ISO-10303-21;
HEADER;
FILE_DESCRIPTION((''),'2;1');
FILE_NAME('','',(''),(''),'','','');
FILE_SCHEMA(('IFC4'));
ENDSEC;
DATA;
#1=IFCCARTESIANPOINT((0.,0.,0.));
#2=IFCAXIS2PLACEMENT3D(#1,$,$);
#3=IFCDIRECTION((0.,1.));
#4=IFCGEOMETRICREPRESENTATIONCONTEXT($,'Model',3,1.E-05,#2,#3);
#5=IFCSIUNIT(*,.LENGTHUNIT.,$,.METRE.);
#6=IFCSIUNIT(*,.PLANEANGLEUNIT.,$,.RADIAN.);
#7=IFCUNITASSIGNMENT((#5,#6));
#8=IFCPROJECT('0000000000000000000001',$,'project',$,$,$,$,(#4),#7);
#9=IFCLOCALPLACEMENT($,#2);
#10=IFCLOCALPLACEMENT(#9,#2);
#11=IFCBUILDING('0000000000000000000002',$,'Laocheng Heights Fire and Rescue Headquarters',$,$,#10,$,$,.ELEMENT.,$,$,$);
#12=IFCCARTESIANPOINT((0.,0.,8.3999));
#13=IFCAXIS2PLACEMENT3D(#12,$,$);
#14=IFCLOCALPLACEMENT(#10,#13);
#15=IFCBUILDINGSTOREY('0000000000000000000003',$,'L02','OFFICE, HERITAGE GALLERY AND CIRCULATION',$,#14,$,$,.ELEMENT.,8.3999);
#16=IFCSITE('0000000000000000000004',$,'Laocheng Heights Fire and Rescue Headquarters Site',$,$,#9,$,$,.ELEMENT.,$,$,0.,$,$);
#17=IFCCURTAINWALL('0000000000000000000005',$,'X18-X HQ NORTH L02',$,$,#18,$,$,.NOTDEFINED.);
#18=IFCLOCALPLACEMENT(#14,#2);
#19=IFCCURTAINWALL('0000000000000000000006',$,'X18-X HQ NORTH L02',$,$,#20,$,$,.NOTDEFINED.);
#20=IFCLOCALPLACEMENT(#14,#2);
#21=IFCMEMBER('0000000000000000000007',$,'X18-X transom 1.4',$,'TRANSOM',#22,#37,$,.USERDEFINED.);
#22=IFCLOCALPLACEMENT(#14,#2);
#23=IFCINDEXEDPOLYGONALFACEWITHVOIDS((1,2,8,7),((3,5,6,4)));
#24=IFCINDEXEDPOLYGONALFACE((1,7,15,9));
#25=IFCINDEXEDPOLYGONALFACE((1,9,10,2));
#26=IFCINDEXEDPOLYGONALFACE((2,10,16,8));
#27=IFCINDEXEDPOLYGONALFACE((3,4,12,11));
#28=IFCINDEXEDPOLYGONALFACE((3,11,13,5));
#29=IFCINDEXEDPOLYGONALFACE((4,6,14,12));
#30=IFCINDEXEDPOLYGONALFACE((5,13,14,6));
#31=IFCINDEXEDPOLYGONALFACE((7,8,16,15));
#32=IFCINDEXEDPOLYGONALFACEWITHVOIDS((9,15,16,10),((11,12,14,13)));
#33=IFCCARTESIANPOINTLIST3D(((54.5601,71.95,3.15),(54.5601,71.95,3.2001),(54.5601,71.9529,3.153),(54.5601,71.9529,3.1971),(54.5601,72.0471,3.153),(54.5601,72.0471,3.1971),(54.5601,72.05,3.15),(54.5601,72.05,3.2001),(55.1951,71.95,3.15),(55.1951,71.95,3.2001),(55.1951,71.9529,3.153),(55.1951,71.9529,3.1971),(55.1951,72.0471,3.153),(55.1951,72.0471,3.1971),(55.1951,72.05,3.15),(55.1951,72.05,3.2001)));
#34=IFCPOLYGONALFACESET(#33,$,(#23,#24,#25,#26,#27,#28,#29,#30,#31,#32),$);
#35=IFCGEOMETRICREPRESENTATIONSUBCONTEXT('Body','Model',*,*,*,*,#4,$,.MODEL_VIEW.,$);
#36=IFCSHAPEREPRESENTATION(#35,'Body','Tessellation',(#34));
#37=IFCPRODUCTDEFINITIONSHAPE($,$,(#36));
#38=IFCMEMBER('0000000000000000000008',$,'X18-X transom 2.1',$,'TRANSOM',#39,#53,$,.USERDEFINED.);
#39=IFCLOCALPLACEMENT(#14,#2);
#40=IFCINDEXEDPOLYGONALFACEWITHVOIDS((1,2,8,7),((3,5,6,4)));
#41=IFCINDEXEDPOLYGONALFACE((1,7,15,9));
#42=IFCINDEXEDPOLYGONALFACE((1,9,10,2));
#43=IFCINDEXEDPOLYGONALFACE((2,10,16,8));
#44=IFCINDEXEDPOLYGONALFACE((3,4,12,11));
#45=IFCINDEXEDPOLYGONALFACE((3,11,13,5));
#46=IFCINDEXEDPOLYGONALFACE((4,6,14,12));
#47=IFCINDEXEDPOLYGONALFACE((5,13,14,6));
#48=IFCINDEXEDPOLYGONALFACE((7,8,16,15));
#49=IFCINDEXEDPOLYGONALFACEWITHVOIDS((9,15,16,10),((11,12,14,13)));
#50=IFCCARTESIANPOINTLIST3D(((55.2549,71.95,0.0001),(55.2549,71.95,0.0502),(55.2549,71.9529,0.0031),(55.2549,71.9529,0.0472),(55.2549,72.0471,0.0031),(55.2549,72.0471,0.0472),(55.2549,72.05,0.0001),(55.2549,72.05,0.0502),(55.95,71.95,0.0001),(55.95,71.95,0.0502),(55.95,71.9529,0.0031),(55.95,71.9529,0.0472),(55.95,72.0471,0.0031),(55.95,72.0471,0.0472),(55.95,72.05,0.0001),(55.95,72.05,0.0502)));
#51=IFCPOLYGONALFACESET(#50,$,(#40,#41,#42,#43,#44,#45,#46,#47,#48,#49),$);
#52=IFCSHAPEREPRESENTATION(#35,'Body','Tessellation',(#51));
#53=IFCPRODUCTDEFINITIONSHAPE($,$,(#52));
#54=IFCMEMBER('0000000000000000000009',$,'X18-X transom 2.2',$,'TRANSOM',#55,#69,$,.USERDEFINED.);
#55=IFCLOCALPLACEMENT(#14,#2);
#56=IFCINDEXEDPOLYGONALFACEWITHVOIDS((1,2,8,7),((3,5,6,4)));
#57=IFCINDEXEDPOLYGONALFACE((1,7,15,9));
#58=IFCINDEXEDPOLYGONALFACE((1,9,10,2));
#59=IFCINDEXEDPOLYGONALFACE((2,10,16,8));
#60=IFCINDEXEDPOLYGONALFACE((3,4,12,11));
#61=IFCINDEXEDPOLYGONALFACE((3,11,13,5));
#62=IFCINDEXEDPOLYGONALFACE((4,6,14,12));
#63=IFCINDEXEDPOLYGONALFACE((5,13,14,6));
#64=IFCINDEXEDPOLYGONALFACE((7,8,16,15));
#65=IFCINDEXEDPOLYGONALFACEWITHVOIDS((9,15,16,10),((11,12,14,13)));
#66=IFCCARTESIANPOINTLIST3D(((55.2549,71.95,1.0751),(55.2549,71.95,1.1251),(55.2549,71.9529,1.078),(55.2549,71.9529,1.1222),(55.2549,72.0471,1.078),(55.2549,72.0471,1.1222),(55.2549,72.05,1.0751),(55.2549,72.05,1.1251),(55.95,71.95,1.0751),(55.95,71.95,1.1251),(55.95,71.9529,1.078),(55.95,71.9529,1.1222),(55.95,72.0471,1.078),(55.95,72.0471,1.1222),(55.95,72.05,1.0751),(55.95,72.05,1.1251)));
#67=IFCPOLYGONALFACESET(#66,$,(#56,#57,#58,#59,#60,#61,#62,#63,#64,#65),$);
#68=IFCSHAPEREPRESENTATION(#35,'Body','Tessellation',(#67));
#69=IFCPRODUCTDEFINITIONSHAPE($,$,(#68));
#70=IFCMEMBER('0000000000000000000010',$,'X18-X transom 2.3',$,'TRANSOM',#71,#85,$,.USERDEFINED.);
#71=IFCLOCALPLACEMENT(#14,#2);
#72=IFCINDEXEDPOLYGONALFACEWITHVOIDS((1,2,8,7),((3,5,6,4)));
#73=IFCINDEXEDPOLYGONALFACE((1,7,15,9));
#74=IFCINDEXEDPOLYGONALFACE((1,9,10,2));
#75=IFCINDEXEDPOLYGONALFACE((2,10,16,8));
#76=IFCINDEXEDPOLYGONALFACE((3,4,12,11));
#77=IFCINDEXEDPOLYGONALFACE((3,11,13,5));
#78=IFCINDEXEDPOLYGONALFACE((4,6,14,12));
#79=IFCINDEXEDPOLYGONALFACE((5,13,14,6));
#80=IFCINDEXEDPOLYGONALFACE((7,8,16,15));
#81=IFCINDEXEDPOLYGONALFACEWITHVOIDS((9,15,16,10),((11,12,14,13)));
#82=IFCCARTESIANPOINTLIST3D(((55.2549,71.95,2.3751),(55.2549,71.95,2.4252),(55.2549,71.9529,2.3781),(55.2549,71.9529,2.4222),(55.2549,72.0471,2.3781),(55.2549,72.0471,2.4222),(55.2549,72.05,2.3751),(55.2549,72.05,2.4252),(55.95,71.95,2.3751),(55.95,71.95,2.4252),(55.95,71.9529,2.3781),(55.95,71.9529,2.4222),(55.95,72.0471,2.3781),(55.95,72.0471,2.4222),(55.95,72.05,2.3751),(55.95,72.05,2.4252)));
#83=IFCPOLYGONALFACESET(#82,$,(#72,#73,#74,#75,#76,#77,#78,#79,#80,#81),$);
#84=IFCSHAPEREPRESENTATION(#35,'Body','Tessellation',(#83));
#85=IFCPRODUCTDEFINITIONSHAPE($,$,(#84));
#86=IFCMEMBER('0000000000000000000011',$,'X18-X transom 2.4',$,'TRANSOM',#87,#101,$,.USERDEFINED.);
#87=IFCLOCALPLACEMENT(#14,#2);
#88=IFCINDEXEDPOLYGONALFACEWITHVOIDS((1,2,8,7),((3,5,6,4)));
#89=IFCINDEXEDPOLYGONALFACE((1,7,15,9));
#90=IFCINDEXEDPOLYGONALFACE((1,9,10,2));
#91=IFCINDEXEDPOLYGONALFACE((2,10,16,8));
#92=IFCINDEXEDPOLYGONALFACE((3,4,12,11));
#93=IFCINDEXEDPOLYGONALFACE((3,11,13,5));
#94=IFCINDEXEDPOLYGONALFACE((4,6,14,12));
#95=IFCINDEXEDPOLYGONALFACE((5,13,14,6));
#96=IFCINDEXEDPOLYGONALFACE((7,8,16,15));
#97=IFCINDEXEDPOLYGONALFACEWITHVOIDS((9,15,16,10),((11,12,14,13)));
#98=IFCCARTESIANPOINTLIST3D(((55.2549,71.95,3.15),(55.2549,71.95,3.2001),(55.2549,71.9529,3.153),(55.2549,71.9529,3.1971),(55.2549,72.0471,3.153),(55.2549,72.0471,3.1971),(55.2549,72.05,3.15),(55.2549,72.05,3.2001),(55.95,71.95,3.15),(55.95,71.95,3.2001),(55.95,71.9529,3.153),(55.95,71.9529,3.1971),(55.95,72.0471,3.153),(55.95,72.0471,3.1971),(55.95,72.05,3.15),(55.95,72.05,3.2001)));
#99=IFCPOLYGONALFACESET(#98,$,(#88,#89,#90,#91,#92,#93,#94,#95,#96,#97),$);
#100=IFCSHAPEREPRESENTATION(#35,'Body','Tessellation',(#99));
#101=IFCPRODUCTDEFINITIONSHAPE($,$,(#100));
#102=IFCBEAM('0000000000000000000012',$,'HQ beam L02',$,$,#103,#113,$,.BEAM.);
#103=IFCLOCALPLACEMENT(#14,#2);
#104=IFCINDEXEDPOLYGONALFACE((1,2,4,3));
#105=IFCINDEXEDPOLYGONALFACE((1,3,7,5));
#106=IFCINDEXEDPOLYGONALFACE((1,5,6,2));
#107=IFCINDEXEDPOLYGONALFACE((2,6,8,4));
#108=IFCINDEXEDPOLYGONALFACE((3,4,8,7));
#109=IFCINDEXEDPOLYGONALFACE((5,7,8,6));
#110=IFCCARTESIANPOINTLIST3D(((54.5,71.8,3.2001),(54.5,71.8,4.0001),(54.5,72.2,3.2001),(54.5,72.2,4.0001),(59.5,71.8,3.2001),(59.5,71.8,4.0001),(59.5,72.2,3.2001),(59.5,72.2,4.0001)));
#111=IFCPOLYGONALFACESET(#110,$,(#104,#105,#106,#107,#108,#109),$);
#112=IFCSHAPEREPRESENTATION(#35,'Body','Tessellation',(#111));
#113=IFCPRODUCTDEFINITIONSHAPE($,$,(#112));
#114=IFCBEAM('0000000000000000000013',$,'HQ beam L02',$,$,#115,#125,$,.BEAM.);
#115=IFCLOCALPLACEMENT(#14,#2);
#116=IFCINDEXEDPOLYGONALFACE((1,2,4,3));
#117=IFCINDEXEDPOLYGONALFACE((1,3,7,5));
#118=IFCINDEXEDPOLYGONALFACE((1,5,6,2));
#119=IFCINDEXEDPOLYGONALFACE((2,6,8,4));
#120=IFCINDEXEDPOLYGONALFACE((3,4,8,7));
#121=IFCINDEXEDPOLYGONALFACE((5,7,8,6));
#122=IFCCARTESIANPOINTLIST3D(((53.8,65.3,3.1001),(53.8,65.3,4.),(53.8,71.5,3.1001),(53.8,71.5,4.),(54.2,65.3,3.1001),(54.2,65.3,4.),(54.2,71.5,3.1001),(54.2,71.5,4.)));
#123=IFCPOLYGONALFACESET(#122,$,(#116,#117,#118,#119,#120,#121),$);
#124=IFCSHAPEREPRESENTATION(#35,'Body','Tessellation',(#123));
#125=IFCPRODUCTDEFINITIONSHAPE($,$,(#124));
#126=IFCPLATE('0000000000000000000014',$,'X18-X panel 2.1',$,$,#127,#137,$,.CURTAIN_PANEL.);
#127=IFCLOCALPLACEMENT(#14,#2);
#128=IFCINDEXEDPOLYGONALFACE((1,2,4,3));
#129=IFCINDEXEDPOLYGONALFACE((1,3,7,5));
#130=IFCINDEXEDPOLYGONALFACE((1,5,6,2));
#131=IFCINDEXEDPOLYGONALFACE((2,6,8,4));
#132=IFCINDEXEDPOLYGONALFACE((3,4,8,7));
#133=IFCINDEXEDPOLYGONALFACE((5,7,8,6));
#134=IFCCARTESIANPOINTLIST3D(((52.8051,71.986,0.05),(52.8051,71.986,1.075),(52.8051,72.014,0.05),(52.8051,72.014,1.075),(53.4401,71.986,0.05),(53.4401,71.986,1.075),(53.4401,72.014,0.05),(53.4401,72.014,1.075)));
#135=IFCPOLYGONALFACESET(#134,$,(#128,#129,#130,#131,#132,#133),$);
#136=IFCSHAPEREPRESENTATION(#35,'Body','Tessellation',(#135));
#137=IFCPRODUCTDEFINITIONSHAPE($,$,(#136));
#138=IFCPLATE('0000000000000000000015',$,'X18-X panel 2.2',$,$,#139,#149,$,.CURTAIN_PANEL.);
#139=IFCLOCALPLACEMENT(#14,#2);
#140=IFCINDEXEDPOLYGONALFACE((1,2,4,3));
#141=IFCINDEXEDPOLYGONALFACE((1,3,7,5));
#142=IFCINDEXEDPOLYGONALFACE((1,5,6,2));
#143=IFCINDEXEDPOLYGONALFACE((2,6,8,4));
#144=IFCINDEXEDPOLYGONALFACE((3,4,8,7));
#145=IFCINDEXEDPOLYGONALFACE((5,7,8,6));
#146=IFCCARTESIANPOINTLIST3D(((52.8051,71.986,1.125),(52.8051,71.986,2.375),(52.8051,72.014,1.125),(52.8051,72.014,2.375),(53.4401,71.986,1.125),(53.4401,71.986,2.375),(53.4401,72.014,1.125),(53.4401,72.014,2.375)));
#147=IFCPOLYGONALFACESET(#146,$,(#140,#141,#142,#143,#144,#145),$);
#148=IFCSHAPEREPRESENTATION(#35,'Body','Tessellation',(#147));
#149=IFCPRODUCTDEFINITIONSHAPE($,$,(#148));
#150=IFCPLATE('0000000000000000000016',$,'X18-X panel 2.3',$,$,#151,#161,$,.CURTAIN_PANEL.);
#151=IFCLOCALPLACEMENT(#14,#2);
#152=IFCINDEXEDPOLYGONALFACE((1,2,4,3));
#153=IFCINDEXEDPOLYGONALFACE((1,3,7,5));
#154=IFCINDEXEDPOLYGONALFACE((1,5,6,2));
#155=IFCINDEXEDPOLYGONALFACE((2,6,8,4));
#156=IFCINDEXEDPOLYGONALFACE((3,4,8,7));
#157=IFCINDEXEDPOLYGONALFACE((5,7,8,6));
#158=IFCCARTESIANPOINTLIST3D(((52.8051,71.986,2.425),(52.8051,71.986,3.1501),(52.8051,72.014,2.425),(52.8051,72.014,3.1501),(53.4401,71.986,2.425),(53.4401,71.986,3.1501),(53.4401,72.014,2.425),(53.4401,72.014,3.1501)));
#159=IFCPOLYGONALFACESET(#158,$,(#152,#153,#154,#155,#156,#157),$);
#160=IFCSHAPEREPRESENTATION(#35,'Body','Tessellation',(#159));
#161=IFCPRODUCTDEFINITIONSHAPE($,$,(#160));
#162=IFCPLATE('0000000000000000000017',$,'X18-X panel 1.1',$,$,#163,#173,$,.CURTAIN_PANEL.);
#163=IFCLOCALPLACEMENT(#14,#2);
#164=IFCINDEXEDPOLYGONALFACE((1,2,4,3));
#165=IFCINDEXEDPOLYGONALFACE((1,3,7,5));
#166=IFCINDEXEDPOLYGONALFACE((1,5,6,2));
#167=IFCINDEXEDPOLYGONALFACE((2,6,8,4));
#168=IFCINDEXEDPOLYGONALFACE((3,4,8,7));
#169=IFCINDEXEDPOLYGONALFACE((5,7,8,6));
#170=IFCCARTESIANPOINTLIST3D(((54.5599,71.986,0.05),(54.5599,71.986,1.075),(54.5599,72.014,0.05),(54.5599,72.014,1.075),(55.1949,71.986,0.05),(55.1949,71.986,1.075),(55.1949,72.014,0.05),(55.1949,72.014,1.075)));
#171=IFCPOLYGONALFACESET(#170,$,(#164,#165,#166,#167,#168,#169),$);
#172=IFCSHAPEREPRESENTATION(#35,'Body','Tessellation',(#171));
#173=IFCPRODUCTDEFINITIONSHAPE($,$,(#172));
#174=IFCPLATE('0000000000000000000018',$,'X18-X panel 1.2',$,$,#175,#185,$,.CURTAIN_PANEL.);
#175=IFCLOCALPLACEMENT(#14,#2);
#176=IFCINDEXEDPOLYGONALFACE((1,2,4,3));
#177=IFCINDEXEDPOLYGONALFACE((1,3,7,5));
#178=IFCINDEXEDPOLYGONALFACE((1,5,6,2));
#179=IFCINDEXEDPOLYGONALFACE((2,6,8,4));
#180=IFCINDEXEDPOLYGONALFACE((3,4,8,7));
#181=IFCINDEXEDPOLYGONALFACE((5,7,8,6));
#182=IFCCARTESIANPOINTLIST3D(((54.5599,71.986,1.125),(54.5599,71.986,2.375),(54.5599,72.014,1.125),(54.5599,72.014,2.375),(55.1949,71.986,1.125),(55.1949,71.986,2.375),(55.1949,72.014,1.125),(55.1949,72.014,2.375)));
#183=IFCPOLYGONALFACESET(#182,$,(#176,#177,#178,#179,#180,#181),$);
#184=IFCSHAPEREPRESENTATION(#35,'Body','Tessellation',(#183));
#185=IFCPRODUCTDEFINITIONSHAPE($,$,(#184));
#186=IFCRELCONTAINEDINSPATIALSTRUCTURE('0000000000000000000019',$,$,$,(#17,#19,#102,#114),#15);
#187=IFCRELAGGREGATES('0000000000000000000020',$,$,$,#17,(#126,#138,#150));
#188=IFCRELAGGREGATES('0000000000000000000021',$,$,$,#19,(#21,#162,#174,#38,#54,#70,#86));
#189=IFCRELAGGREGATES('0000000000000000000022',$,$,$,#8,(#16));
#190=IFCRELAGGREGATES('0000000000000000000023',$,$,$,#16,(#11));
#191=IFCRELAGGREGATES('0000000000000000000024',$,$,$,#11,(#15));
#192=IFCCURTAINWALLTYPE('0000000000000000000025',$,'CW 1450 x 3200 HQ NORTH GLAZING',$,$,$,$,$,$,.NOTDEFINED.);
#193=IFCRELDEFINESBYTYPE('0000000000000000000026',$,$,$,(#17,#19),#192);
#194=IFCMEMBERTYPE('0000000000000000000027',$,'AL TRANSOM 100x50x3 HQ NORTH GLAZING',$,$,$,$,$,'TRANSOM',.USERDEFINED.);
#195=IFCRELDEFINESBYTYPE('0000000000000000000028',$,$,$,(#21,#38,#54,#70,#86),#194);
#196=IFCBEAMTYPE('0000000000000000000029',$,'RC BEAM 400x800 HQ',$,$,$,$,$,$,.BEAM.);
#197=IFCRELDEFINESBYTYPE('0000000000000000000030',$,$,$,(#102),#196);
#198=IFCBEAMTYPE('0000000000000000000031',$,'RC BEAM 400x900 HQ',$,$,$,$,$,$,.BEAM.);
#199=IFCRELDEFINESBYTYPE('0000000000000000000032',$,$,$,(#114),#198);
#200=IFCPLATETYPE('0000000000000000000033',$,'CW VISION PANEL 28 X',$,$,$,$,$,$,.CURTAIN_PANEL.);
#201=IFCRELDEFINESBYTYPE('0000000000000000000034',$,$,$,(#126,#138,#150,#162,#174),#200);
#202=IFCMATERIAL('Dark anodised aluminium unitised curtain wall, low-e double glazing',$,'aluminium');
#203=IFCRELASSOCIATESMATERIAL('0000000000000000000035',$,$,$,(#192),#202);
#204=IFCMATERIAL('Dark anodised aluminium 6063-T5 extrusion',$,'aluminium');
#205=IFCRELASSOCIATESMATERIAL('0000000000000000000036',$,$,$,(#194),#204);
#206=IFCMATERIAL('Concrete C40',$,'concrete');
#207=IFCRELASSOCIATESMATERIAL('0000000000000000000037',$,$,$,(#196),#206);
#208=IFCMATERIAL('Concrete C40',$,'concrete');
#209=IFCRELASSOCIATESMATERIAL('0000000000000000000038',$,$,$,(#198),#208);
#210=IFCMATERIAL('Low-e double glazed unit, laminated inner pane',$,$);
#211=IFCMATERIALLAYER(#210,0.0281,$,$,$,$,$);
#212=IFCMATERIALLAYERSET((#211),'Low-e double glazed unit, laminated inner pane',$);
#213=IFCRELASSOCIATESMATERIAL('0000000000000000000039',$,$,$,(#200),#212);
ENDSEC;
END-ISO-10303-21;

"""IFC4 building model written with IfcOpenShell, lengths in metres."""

from ifc_helpers import new_model, si_unit, direction, frame, origin, origin_2d, place, context, subcontext, project, spatial, rectangle, hollow_rectangle, extrude, material, layer, layer_set, material_profile, profile_set, type_object, element, aggregate, save


model = new_model("IFC4")

# Units and contexts
model_context = context("Model", 3, precision=1e-05, world=origin(), true_north=direction((0.0, 1.0)))
body_context = subcontext(model_context, "Body", "Model", "MODEL_VIEW")
ifc_project = project(units=[si_unit("LENGTHUNIT", "METRE"), si_unit("PLANEANGLEUNIT", "RADIAN")], contexts=[model_context])

# Site, building, storey
site_placement = place(None, origin())
site = spatial("IfcSite", under=ifc_project, at=site_placement, Name="Laocheng Heights Fire and Rescue Headquarters Site", CompositionType="ELEMENT", RefElevation=0.0)
building_placement = place(site_placement, origin())
building = spatial("IfcBuilding", under=site, at=building_placement, Name="Laocheng Heights Fire and Rescue Headquarters", CompositionType="ELEMENT")
storey_placement = place(building_placement, frame((0.0, 0.0, 8.3999)))
storey = spatial("IfcBuildingStorey", under=building, at=storey_placement, Name="L02", Description="OFFICE, HERITAGE GALLERY AND CIRCULATION", CompositionType="ELEMENT", Elevation=8.3999)

# Curtain wall
ifc_material_1 = material(Name="Dark anodised aluminium unitised curtain wall, low-e double glazing", Category="aluminium")
curtain_wall_type = type_object("IfcCurtainWallType", Name="CW 1450 x 3200 HQ NORTH GLAZING", PredefinedType="NOTDEFINED", material=ifc_material_1)
curtain_wall_1_placement = place(storey_placement, origin())
curtain_wall_1 = element("IfcCurtainWall", 1, at=curtain_wall_1_placement, inside=storey, type_object=curtain_wall_type, Name="X18-X HQ NORTH L02", PredefinedType="NOTDEFINED")

# Curtain wall
curtain_wall_2_placement = place(storey_placement, origin())
curtain_wall_2 = element("IfcCurtainWall", 2, at=curtain_wall_2_placement, inside=storey, type_object=curtain_wall_type, Name="X18-X HQ NORTH L02", PredefinedType="NOTDEFINED")

# Members
ifc_material_2 = material(Name="Dark anodised aluminium 6063-T5 extrusion", Category="aluminium")
ifc_material_profile_1 = material_profile(ifc_material_2, hollow_rectangle(XDim=0.1001, YDim=0.05, WallThickness=0.0029, at=origin_2d()), Name="AL TRANSOM 100x50x3 HQ NORTH GLAZING")
ifc_profile_set_1 = profile_set([ifc_material_profile_1], Name="Dark anodised aluminium 6063-T5 extrusion")
member_type_1 = type_object("IfcMemberType", Name="AL TRANSOM 100x50x3 HQ NORTH GLAZING", ElementType="TRANSOM", PredefinedType="USERDEFINED", material=ifc_profile_set_1)
member_1_placement = place(storey_placement, frame((54.5601, 72.0, 3.175), z_axis=(1.0, 0.0, 0.0), x_axis=(0.0, 1.0, 0.0)))
member_1 = element("IfcMember", 3, at=member_1_placement, type_object=member_type_1, Name="X18-X transom 1.4", ObjectType="TRANSOM", PredefinedType="USERDEFINED", context=body_context, shape_type="SweptSolid", body=[
    extrude(hollow_rectangle(XDim=0.1001, YDim=0.05, WallThickness=0.0029, at=origin_2d()), origin(), (0.0, 0.0, 1.0), 0.635),
])
member_2_placement = place(storey_placement, frame((55.2549, 72.0, 0.0251), z_axis=(1.0, 0.0, 0.0), x_axis=(0.0, 1.0, 0.0)))
member_2 = element("IfcMember", 4, at=member_2_placement, type_object=member_type_1, Name="X18-X transom 2.1", ObjectType="TRANSOM", PredefinedType="USERDEFINED", context=body_context, shape_type="SweptSolid", body=[
    extrude(hollow_rectangle(XDim=0.1001, YDim=0.05, WallThickness=0.0029, at=origin_2d()), origin(), (0.0, 0.0, 1.0), 0.6951),
])
member_3_placement = place(storey_placement, frame((55.2549, 72.0, 1.1001), z_axis=(1.0, 0.0, 0.0), x_axis=(0.0, 1.0, 0.0)))
member_3 = element("IfcMember", 5, at=member_3_placement, type_object=member_type_1, Name="X18-X transom 2.2", ObjectType="TRANSOM", PredefinedType="USERDEFINED", context=body_context, shape_type="SweptSolid", body=[
    extrude(hollow_rectangle(XDim=0.1001, YDim=0.05, WallThickness=0.0029, at=origin_2d()), origin(), (0.0, 0.0, 1.0), 0.6951),
])
member_4_placement = place(storey_placement, frame((55.2549, 72.0, 2.4001), z_axis=(1.0, 0.0, 0.0), x_axis=(0.0, 1.0, 0.0)))
member_4 = element("IfcMember", 6, at=member_4_placement, type_object=member_type_1, Name="X18-X transom 2.3", ObjectType="TRANSOM", PredefinedType="USERDEFINED", context=body_context, shape_type="SweptSolid", body=[
    extrude(hollow_rectangle(XDim=0.1001, YDim=0.05, WallThickness=0.0029, at=origin_2d()), origin(), (0.0, 0.0, 1.0), 0.6951),
])
member_5_placement = place(storey_placement, frame((55.2549, 72.0, 3.175), z_axis=(1.0, 0.0, 0.0), x_axis=(0.0, 1.0, 0.0)))
member_5 = element("IfcMember", 7, at=member_5_placement, type_object=member_type_1, Name="X18-X transom 2.4", ObjectType="TRANSOM", PredefinedType="USERDEFINED", context=body_context, shape_type="SweptSolid", body=[
    extrude(hollow_rectangle(XDim=0.1001, YDim=0.05, WallThickness=0.0029, at=origin_2d()), origin(), (0.0, 0.0, 1.0), 0.6951),
])

# Beams
ifc_material_3 = material(Name="Concrete C40", Category="concrete")
ifc_material_profile_2 = material_profile(ifc_material_3, rectangle(XDim=0.3999, YDim=0.8, at=origin_2d()), Name="RC BEAM 400x800 HQ")
ifc_profile_set_2 = profile_set([ifc_material_profile_2], Name="Concrete C40")
beam_type_1 = type_object("IfcBeamType", Name="RC BEAM 400x800 HQ", PredefinedType="BEAM", material=ifc_profile_set_2)
beam_1_placement = place(storey_placement, frame((54.5, 72.0, 3.6001), z_axis=(1.0, 0.0, 0.0), x_axis=(0.0, 1.0, 0.0)))
element("IfcBeam", 8, at=beam_1_placement, inside=storey, type_object=beam_type_1, Name="HQ beam L02", PredefinedType="BEAM", context=body_context, shape_type="SweptSolid", body=[
    extrude(rectangle(XDim=0.3999, YDim=0.8, at=origin_2d()), origin(), (0.0, 0.0, 1.0), 5.0),
])
ifc_material_4 = material(Name="Concrete C40", Category="concrete")
ifc_material_profile_3 = material_profile(ifc_material_4, rectangle(XDim=0.3999, YDim=0.8999, at=origin_2d()), Name="RC BEAM 400x900 HQ")
ifc_profile_set_3 = profile_set([ifc_material_profile_3], Name="Concrete C40")
beam_type_2 = type_object("IfcBeamType", Name="RC BEAM 400x900 HQ", PredefinedType="BEAM", material=ifc_profile_set_3)
beam_2_placement = place(storey_placement, frame((54.0, 65.3, 3.55), z_axis=(0.0, 1.0, 0.0), x_axis=(-1.0, 0.0, 0.0)))
element("IfcBeam", 9, at=beam_2_placement, inside=storey, type_object=beam_type_2, Name="HQ beam L02", PredefinedType="BEAM", context=body_context, shape_type="SweptSolid", body=[
    extrude(rectangle(XDim=0.3999, YDim=0.8999, at=origin_2d()), origin(), (0.0, 0.0, 1.0), 6.2),
])

# Plates
ifc_material_5 = material(Name="Low-e double glazed unit, laminated inner pane")
ifc_layer_1 = layer(ifc_material_5, 0.0281)
ifc_layer_set_1 = layer_set([ifc_layer_1], Name="Low-e double glazed unit, laminated inner pane")
plate_type = type_object("IfcPlateType", Name="CW VISION PANEL 28 X", PredefinedType="CURTAIN_PANEL", material=ifc_layer_set_1)
plate_1_placement = place(storey_placement, frame((53.1226, 72.0, 0.05), z_axis=(0.0, 0.0, 1.0), x_axis=(1.0, 0.0, 0.0)))
plate_1 = element("IfcPlate", 10, at=plate_1_placement, type_object=plate_type, Name="X18-X panel 2.1", PredefinedType="CURTAIN_PANEL", context=body_context, shape_type="SweptSolid", body=[
    extrude(rectangle(XDim=0.635, YDim=0.0281, at=origin_2d()), origin(), (0.0, 0.0, 1.0), 1.0249),
])
plate_2_placement = place(storey_placement, frame((53.1226, 72.0, 1.125), z_axis=(0.0, 0.0, 1.0), x_axis=(1.0, 0.0, 0.0)))
plate_2 = element("IfcPlate", 11, at=plate_2_placement, type_object=plate_type, Name="X18-X panel 2.2", PredefinedType="CURTAIN_PANEL", context=body_context, shape_type="SweptSolid", body=[
    extrude(rectangle(XDim=0.635, YDim=0.0281, at=origin_2d()), origin(), (0.0, 0.0, 1.0), 1.25),
])
plate_3_placement = place(storey_placement, frame((53.1226, 72.0, 2.425), z_axis=(0.0, 0.0, 1.0), x_axis=(1.0, 0.0, 0.0)))
plate_3 = element("IfcPlate", 12, at=plate_3_placement, type_object=plate_type, Name="X18-X panel 2.3", PredefinedType="CURTAIN_PANEL", context=body_context, shape_type="SweptSolid", body=[
    extrude(rectangle(XDim=0.635, YDim=0.0281, at=origin_2d()), origin(), (0.0, 0.0, 1.0), 0.7251),
])
aggregate(curtain_wall_1, [plate_1, plate_2, plate_3])
plate_4_placement = place(storey_placement, frame((54.8774, 72.0, 0.05), z_axis=(0.0, 0.0, 1.0), x_axis=(1.0, 0.0, 0.0)))
plate_4 = element("IfcPlate", 13, at=plate_4_placement, type_object=plate_type, Name="X18-X panel 1.1", PredefinedType="CURTAIN_PANEL", context=body_context, shape_type="SweptSolid", body=[
    extrude(rectangle(XDim=0.635, YDim=0.0281, at=origin_2d()), origin(), (0.0, 0.0, 1.0), 1.0249),
])
plate_5_placement = place(storey_placement, frame((54.8774, 72.0, 1.125), z_axis=(0.0, 0.0, 1.0), x_axis=(1.0, 0.0, 0.0)))
plate_5 = element("IfcPlate", 14, at=plate_5_placement, type_object=plate_type, Name="X18-X panel 1.2", PredefinedType="CURTAIN_PANEL", context=body_context, shape_type="SweptSolid", body=[
    extrude(rectangle(XDim=0.635, YDim=0.0281, at=origin_2d()), origin(), (0.0, 0.0, 1.0), 1.25),
])
aggregate(curtain_wall_2, [member_1, plate_4, plate_5, member_2, member_3, member_4, member_5])

save(model, "model.ifc")
